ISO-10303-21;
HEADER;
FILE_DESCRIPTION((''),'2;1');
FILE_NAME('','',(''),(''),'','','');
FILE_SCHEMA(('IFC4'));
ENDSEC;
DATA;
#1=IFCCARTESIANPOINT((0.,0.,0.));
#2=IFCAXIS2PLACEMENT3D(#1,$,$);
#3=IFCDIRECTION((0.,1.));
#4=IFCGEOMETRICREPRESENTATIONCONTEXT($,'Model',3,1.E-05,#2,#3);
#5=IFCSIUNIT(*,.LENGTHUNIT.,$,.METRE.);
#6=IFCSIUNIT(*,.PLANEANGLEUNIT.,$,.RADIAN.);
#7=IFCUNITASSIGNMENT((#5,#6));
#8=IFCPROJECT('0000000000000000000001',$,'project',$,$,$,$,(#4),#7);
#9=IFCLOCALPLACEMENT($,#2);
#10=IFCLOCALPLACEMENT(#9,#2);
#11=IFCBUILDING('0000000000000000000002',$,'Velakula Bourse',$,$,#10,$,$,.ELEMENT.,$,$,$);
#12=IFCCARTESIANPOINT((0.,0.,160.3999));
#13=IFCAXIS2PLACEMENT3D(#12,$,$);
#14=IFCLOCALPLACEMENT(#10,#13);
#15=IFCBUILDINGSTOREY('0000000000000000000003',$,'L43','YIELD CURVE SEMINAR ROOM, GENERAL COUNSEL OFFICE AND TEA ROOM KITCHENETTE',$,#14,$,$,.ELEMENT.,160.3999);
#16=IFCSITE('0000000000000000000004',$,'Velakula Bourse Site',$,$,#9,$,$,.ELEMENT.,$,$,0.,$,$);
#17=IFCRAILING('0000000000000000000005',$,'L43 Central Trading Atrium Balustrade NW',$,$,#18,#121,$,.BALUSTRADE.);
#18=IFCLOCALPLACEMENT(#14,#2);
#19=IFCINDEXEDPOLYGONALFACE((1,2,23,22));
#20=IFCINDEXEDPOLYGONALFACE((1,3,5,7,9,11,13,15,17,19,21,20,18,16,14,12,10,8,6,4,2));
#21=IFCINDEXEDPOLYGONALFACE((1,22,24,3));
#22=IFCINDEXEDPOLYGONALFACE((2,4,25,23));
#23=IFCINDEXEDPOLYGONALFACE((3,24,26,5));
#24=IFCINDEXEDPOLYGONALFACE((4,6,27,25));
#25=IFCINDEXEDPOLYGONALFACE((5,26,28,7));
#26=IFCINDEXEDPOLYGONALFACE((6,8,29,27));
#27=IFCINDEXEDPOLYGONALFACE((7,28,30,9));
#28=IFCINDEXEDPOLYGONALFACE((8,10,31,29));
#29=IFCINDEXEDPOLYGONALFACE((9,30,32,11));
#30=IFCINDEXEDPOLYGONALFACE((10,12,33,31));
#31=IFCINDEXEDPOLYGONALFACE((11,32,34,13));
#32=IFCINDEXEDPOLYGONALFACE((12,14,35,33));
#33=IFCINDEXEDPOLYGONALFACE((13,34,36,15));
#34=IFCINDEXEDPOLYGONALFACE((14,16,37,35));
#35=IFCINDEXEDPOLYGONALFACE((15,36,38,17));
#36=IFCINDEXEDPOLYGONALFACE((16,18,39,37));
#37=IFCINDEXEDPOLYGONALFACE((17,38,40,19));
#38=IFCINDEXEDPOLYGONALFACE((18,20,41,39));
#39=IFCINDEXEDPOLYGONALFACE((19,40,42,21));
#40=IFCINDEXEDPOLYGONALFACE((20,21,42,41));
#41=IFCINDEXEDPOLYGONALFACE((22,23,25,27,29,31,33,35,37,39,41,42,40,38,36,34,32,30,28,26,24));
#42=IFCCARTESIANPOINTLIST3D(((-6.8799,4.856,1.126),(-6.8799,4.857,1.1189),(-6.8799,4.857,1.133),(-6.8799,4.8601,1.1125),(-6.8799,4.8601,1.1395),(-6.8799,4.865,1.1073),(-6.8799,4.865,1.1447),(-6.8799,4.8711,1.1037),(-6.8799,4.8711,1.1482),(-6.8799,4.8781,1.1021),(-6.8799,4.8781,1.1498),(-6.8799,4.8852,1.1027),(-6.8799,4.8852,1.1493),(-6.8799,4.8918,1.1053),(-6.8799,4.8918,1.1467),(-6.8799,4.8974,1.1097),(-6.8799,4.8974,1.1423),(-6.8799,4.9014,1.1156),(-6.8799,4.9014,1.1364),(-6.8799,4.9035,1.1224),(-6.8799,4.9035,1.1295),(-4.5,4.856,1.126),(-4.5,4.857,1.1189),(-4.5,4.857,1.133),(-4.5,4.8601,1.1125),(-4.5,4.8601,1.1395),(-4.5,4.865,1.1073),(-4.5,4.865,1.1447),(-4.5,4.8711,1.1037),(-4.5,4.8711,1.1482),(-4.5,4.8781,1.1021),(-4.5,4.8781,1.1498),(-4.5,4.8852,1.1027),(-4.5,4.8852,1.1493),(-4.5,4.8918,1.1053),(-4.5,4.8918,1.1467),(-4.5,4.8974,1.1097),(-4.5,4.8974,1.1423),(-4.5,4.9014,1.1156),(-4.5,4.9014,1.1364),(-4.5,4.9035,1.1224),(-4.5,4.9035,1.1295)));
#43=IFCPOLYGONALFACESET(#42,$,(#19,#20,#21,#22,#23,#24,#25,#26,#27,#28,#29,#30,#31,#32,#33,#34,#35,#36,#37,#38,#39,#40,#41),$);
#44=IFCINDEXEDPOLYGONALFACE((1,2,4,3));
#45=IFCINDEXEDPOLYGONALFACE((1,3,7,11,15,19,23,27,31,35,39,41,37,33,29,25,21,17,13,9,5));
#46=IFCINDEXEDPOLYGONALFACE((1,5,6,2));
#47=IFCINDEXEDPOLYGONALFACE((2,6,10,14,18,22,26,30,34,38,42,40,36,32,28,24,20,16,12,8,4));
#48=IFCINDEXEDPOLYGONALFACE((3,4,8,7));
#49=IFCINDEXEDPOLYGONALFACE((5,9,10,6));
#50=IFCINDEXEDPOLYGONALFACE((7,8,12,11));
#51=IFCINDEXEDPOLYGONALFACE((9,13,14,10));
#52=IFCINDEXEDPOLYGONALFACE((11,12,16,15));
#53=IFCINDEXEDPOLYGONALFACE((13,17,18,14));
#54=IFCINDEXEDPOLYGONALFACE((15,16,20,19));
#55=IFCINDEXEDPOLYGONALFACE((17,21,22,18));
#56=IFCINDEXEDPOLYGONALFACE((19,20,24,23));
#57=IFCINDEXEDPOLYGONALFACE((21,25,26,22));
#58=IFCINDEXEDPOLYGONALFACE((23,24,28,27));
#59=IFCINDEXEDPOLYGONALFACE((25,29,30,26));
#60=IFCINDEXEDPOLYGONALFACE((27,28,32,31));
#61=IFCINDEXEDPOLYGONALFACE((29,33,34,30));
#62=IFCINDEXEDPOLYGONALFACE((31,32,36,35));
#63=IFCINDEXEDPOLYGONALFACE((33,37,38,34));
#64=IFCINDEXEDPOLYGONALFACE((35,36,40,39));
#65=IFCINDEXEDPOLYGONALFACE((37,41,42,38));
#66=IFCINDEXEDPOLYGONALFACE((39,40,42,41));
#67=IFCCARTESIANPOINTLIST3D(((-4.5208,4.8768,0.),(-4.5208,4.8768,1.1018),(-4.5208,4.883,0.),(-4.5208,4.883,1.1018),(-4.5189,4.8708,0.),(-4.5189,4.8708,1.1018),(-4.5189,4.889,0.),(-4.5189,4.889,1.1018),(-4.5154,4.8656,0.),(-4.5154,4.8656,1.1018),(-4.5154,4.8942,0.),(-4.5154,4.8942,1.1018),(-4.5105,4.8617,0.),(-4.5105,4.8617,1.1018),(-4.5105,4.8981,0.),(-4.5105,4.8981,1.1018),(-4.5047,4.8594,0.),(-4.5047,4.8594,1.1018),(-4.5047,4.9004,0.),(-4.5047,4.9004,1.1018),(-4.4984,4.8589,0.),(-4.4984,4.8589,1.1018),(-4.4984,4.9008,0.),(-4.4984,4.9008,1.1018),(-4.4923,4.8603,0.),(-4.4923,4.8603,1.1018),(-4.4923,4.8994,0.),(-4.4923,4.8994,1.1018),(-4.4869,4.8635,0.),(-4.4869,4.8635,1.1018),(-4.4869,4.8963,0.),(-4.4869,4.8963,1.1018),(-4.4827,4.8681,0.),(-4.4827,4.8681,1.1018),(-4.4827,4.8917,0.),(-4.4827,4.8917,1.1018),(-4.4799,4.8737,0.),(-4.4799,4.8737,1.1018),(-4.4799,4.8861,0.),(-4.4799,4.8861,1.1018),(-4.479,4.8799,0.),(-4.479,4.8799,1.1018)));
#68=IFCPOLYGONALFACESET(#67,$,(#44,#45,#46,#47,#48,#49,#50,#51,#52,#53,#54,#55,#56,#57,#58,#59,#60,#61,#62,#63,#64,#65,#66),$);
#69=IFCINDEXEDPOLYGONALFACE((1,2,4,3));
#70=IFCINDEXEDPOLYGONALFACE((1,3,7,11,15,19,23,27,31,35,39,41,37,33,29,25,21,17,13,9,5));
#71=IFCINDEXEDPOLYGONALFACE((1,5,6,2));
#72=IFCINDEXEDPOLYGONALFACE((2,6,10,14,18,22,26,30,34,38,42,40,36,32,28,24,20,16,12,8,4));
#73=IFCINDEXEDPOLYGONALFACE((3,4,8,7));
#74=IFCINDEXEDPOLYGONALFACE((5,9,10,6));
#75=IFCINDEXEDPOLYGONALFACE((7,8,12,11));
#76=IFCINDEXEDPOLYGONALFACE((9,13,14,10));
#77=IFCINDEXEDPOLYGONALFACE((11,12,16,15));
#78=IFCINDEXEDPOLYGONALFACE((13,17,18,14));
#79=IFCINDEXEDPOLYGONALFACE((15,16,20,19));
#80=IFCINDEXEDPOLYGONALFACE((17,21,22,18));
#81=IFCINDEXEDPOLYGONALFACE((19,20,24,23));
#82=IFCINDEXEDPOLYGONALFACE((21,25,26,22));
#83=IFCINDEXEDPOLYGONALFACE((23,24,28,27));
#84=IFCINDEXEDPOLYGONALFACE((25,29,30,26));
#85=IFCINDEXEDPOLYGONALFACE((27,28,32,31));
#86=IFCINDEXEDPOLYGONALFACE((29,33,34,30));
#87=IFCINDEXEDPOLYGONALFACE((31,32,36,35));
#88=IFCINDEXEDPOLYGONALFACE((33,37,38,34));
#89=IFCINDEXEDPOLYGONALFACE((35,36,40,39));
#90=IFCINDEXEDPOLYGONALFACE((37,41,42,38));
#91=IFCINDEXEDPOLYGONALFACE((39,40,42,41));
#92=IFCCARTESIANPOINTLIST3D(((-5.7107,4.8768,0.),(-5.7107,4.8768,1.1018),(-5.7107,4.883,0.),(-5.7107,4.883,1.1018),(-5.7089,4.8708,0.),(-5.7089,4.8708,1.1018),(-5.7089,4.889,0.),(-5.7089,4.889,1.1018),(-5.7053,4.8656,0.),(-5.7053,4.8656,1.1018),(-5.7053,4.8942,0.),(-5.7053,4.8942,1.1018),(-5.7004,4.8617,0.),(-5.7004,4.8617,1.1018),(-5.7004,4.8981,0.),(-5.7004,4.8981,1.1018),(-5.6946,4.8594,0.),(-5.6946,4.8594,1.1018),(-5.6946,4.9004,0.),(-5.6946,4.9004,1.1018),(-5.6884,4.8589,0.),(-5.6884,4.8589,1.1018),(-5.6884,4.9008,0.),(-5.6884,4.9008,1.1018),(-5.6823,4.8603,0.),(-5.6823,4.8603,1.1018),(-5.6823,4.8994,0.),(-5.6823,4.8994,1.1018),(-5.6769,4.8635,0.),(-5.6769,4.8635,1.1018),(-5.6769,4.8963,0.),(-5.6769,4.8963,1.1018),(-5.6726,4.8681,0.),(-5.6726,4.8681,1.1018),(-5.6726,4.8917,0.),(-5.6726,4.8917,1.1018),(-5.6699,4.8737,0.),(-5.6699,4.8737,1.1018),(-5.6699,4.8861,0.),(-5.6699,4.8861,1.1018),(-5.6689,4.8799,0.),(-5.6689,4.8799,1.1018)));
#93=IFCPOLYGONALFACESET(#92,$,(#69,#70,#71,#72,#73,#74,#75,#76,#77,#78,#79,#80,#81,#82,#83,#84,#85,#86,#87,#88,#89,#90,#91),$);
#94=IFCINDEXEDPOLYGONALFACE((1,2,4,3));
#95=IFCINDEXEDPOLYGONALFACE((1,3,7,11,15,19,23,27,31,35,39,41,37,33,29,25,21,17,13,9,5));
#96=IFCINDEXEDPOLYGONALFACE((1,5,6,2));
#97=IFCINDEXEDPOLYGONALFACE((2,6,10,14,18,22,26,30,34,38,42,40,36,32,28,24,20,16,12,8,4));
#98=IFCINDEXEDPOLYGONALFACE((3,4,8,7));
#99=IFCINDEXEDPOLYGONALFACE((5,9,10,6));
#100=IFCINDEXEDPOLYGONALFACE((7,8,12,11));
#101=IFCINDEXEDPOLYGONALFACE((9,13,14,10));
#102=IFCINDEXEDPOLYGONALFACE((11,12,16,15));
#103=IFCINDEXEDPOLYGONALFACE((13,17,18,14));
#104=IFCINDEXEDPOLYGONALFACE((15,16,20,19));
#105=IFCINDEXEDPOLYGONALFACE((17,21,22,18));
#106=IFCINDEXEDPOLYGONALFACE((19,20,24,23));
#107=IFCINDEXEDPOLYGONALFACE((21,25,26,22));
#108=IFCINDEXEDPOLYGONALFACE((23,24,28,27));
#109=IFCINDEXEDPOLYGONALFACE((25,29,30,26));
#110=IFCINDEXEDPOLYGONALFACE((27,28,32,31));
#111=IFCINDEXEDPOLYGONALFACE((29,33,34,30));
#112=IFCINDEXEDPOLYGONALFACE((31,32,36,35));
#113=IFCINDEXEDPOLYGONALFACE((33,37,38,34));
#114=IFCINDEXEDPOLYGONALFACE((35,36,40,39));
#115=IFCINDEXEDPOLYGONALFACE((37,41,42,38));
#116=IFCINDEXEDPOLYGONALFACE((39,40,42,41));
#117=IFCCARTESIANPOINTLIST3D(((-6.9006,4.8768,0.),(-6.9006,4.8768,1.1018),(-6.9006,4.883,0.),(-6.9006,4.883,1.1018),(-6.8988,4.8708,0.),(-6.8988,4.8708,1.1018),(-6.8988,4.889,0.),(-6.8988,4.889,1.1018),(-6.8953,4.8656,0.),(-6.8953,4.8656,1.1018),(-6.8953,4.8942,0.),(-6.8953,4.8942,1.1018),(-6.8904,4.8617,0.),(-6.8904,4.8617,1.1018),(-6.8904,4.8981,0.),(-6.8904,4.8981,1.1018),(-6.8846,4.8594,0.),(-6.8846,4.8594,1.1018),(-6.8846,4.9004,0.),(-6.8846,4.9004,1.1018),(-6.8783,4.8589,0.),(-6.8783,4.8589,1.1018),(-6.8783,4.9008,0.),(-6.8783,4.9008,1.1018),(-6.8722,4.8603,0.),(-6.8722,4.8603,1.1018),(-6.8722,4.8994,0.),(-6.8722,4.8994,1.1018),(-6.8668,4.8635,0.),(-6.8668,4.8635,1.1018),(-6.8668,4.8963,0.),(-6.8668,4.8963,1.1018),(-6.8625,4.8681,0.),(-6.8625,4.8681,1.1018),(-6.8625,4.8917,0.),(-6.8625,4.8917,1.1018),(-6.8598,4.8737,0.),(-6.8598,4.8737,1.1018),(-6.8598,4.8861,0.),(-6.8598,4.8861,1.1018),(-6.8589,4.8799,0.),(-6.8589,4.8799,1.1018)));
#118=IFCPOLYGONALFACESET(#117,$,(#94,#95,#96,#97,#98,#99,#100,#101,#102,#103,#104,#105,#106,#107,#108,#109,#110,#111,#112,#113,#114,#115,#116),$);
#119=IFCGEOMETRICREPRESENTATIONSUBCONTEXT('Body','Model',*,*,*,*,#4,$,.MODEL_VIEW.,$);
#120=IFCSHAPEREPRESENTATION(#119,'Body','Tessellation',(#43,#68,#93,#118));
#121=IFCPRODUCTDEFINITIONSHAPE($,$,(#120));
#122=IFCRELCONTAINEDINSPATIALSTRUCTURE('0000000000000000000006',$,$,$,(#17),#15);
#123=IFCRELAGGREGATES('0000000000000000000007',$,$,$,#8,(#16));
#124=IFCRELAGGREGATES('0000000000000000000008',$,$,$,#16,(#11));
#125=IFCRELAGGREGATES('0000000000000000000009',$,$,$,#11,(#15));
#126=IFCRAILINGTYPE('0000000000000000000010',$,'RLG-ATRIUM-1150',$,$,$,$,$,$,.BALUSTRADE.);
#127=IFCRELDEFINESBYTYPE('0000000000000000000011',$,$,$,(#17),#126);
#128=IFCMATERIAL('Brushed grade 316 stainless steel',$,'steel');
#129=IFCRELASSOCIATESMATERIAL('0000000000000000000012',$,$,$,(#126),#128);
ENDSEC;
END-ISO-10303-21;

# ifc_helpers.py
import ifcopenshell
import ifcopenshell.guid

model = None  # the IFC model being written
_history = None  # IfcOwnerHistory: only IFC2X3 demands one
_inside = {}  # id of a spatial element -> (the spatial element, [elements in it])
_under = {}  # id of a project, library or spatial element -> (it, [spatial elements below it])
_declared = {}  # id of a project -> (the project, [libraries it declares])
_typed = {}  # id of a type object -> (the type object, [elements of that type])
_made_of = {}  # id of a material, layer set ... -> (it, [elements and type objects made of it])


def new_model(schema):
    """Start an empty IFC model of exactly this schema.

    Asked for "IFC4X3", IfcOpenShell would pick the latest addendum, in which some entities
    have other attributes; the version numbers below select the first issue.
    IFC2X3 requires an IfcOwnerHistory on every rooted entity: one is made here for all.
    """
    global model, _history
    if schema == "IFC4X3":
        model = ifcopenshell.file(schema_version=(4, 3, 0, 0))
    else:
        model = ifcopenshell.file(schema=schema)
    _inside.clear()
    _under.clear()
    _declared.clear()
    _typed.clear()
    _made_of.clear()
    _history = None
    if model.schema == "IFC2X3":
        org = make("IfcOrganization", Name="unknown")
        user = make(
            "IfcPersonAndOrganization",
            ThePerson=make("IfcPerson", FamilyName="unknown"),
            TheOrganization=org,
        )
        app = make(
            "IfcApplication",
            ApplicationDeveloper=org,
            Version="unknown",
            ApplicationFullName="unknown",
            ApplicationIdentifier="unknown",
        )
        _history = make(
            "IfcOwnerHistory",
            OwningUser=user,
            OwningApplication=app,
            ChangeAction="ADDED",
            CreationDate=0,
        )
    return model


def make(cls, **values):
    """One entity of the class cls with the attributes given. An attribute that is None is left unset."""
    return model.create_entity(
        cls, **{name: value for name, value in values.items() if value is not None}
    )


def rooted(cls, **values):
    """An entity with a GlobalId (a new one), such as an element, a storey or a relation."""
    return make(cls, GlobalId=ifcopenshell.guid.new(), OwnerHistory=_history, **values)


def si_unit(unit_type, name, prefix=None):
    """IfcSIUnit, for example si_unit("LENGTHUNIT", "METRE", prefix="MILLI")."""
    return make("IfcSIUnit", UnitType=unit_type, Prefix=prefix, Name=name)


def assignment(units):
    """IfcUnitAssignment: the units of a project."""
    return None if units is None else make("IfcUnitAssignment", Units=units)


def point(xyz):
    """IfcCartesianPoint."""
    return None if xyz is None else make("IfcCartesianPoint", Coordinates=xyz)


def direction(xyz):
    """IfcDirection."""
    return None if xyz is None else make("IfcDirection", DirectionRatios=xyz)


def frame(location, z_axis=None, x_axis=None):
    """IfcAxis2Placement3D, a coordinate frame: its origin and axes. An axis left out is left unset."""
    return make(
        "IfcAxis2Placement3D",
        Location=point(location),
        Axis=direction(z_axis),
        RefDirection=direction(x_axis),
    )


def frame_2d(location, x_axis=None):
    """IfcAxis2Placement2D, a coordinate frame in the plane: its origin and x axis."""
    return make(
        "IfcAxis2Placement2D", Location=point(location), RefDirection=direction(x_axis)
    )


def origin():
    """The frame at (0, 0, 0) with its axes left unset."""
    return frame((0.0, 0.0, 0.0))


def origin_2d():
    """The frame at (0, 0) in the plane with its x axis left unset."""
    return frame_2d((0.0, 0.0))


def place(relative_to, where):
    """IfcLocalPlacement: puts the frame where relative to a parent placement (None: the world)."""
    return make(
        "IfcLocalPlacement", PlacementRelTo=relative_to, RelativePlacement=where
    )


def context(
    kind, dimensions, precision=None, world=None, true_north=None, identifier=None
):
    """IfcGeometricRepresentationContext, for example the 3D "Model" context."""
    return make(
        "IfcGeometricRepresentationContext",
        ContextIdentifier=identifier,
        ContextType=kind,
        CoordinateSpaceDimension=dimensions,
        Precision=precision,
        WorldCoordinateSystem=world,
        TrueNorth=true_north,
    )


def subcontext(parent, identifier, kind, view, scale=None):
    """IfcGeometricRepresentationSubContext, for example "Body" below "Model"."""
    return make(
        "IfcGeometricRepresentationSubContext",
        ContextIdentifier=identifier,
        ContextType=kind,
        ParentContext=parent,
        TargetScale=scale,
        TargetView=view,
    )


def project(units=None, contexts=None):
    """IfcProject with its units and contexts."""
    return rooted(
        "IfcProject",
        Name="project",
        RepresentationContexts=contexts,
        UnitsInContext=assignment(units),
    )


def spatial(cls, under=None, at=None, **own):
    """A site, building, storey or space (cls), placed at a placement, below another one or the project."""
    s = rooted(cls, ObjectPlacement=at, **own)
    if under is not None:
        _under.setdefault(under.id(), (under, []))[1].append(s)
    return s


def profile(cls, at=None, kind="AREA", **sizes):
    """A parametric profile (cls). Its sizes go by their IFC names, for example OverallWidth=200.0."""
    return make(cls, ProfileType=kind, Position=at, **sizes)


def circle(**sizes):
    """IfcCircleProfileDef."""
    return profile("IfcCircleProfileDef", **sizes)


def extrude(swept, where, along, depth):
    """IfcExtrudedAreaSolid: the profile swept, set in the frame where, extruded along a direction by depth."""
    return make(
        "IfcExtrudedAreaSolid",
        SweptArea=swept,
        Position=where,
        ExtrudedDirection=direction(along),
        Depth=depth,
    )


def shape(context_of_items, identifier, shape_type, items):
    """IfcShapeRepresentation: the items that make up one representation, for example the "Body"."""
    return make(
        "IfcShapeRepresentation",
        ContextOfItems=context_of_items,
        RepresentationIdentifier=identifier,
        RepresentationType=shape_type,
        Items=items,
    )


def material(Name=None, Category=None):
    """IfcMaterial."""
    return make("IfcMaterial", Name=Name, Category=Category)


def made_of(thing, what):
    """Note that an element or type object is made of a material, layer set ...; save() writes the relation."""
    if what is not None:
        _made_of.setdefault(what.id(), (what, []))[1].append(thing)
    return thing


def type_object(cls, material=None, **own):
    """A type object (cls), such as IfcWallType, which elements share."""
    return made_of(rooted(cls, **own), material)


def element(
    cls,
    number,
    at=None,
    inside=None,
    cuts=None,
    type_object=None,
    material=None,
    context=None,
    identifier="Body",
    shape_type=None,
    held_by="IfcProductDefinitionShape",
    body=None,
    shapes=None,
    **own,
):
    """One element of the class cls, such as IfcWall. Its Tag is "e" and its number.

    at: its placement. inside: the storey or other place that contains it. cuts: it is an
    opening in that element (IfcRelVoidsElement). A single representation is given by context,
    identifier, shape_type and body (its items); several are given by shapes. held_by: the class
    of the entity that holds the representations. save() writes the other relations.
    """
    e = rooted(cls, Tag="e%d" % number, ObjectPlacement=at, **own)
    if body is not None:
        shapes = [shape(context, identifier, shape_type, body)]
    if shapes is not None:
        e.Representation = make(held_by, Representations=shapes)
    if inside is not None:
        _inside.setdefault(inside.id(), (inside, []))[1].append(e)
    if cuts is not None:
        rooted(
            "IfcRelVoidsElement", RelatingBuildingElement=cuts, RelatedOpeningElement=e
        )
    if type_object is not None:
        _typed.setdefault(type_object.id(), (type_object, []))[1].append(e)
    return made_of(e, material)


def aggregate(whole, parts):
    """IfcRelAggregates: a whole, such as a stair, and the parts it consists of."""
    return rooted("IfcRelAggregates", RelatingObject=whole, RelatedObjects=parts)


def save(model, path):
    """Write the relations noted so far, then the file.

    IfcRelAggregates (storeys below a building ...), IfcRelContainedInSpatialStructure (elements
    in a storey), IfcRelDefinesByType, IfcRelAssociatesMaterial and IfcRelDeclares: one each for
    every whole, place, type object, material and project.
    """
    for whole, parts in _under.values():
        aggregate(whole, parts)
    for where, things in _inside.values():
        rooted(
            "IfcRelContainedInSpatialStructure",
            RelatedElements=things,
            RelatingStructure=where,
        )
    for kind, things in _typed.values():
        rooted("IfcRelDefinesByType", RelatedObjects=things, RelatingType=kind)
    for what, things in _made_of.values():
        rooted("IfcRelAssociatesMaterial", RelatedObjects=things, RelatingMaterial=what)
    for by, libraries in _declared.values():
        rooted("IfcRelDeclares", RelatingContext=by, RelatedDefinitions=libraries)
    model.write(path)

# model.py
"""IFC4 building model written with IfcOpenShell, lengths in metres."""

from ifc_helpers import new_model, si_unit, direction, frame, origin, origin_2d, place, context, subcontext, project, spatial, circle, extrude, material, type_object, element, save


model = new_model("IFC4")

# Units and contexts
model_context = context("Model", 3, precision=1e-05, world=origin(), true_north=direction((0.0, 1.0)))
body_context = subcontext(model_context, "Body", "Model", "MODEL_VIEW")
ifc_project = project(units=[si_unit("LENGTHUNIT", "METRE"), si_unit("PLANEANGLEUNIT", "RADIAN")], contexts=[model_context])

# Site, building, storey
site_placement = place(None, origin())
site = spatial("IfcSite", under=ifc_project, at=site_placement, Name="Velakula Bourse Site", CompositionType="ELEMENT", RefElevation=0.0)
building_placement = place(site_placement, origin())
building = spatial("IfcBuilding", under=site, at=building_placement, Name="Velakula Bourse", CompositionType="ELEMENT")
storey_placement = place(building_placement, frame((0.0, 0.0, 160.3999)))
storey = spatial("IfcBuildingStorey", under=building, at=storey_placement, Name="L43", Description="YIELD CURVE SEMINAR ROOM, GENERAL COUNSEL OFFICE AND TEA ROOM KITCHENETTE", CompositionType="ELEMENT", Elevation=160.3999)

# Railing
ifc_material_1 = material(Name="Brushed grade 316 stainless steel", Category="steel")
railing_type = type_object("IfcRailingType", Name="RLG-ATRIUM-1150", PredefinedType="BALUSTRADE", material=ifc_material_1)
railing_1_placement = place(storey_placement, frame((-4.5, 4.8799, 0.0)))
element("IfcRailing", 1, at=railing_1_placement, inside=storey, type_object=railing_type, Name="L43 Central Trading Atrium Balustrade NW", PredefinedType="BALUSTRADE", context=body_context, shape_type="SweptSolid", body=[
    extrude(circle(Radius=0.0239, at=origin_2d()), frame((0.0, 0.0, 1.126), z_axis=(-1.0, 0.0, 0.0), x_axis=(0.0, -1.0, 0.0)), (0.0, 0.0, 1.0), 2.3799),
    extrude(circle(Radius=0.021, at=origin_2d()), origin(), (0.0, 0.0, 1.0), 1.1018),
    extrude(circle(Radius=0.021, at=origin_2d()), frame((-1.1899, 0.0, 0.0)), (0.0, 0.0, 1.0), 1.1018),
    extrude(circle(Radius=0.021, at=origin_2d()), frame((-2.3799, 0.0, 0.0)), (0.0, 0.0, 1.0), 1.1018),
])

save(model, "model.ifc")
